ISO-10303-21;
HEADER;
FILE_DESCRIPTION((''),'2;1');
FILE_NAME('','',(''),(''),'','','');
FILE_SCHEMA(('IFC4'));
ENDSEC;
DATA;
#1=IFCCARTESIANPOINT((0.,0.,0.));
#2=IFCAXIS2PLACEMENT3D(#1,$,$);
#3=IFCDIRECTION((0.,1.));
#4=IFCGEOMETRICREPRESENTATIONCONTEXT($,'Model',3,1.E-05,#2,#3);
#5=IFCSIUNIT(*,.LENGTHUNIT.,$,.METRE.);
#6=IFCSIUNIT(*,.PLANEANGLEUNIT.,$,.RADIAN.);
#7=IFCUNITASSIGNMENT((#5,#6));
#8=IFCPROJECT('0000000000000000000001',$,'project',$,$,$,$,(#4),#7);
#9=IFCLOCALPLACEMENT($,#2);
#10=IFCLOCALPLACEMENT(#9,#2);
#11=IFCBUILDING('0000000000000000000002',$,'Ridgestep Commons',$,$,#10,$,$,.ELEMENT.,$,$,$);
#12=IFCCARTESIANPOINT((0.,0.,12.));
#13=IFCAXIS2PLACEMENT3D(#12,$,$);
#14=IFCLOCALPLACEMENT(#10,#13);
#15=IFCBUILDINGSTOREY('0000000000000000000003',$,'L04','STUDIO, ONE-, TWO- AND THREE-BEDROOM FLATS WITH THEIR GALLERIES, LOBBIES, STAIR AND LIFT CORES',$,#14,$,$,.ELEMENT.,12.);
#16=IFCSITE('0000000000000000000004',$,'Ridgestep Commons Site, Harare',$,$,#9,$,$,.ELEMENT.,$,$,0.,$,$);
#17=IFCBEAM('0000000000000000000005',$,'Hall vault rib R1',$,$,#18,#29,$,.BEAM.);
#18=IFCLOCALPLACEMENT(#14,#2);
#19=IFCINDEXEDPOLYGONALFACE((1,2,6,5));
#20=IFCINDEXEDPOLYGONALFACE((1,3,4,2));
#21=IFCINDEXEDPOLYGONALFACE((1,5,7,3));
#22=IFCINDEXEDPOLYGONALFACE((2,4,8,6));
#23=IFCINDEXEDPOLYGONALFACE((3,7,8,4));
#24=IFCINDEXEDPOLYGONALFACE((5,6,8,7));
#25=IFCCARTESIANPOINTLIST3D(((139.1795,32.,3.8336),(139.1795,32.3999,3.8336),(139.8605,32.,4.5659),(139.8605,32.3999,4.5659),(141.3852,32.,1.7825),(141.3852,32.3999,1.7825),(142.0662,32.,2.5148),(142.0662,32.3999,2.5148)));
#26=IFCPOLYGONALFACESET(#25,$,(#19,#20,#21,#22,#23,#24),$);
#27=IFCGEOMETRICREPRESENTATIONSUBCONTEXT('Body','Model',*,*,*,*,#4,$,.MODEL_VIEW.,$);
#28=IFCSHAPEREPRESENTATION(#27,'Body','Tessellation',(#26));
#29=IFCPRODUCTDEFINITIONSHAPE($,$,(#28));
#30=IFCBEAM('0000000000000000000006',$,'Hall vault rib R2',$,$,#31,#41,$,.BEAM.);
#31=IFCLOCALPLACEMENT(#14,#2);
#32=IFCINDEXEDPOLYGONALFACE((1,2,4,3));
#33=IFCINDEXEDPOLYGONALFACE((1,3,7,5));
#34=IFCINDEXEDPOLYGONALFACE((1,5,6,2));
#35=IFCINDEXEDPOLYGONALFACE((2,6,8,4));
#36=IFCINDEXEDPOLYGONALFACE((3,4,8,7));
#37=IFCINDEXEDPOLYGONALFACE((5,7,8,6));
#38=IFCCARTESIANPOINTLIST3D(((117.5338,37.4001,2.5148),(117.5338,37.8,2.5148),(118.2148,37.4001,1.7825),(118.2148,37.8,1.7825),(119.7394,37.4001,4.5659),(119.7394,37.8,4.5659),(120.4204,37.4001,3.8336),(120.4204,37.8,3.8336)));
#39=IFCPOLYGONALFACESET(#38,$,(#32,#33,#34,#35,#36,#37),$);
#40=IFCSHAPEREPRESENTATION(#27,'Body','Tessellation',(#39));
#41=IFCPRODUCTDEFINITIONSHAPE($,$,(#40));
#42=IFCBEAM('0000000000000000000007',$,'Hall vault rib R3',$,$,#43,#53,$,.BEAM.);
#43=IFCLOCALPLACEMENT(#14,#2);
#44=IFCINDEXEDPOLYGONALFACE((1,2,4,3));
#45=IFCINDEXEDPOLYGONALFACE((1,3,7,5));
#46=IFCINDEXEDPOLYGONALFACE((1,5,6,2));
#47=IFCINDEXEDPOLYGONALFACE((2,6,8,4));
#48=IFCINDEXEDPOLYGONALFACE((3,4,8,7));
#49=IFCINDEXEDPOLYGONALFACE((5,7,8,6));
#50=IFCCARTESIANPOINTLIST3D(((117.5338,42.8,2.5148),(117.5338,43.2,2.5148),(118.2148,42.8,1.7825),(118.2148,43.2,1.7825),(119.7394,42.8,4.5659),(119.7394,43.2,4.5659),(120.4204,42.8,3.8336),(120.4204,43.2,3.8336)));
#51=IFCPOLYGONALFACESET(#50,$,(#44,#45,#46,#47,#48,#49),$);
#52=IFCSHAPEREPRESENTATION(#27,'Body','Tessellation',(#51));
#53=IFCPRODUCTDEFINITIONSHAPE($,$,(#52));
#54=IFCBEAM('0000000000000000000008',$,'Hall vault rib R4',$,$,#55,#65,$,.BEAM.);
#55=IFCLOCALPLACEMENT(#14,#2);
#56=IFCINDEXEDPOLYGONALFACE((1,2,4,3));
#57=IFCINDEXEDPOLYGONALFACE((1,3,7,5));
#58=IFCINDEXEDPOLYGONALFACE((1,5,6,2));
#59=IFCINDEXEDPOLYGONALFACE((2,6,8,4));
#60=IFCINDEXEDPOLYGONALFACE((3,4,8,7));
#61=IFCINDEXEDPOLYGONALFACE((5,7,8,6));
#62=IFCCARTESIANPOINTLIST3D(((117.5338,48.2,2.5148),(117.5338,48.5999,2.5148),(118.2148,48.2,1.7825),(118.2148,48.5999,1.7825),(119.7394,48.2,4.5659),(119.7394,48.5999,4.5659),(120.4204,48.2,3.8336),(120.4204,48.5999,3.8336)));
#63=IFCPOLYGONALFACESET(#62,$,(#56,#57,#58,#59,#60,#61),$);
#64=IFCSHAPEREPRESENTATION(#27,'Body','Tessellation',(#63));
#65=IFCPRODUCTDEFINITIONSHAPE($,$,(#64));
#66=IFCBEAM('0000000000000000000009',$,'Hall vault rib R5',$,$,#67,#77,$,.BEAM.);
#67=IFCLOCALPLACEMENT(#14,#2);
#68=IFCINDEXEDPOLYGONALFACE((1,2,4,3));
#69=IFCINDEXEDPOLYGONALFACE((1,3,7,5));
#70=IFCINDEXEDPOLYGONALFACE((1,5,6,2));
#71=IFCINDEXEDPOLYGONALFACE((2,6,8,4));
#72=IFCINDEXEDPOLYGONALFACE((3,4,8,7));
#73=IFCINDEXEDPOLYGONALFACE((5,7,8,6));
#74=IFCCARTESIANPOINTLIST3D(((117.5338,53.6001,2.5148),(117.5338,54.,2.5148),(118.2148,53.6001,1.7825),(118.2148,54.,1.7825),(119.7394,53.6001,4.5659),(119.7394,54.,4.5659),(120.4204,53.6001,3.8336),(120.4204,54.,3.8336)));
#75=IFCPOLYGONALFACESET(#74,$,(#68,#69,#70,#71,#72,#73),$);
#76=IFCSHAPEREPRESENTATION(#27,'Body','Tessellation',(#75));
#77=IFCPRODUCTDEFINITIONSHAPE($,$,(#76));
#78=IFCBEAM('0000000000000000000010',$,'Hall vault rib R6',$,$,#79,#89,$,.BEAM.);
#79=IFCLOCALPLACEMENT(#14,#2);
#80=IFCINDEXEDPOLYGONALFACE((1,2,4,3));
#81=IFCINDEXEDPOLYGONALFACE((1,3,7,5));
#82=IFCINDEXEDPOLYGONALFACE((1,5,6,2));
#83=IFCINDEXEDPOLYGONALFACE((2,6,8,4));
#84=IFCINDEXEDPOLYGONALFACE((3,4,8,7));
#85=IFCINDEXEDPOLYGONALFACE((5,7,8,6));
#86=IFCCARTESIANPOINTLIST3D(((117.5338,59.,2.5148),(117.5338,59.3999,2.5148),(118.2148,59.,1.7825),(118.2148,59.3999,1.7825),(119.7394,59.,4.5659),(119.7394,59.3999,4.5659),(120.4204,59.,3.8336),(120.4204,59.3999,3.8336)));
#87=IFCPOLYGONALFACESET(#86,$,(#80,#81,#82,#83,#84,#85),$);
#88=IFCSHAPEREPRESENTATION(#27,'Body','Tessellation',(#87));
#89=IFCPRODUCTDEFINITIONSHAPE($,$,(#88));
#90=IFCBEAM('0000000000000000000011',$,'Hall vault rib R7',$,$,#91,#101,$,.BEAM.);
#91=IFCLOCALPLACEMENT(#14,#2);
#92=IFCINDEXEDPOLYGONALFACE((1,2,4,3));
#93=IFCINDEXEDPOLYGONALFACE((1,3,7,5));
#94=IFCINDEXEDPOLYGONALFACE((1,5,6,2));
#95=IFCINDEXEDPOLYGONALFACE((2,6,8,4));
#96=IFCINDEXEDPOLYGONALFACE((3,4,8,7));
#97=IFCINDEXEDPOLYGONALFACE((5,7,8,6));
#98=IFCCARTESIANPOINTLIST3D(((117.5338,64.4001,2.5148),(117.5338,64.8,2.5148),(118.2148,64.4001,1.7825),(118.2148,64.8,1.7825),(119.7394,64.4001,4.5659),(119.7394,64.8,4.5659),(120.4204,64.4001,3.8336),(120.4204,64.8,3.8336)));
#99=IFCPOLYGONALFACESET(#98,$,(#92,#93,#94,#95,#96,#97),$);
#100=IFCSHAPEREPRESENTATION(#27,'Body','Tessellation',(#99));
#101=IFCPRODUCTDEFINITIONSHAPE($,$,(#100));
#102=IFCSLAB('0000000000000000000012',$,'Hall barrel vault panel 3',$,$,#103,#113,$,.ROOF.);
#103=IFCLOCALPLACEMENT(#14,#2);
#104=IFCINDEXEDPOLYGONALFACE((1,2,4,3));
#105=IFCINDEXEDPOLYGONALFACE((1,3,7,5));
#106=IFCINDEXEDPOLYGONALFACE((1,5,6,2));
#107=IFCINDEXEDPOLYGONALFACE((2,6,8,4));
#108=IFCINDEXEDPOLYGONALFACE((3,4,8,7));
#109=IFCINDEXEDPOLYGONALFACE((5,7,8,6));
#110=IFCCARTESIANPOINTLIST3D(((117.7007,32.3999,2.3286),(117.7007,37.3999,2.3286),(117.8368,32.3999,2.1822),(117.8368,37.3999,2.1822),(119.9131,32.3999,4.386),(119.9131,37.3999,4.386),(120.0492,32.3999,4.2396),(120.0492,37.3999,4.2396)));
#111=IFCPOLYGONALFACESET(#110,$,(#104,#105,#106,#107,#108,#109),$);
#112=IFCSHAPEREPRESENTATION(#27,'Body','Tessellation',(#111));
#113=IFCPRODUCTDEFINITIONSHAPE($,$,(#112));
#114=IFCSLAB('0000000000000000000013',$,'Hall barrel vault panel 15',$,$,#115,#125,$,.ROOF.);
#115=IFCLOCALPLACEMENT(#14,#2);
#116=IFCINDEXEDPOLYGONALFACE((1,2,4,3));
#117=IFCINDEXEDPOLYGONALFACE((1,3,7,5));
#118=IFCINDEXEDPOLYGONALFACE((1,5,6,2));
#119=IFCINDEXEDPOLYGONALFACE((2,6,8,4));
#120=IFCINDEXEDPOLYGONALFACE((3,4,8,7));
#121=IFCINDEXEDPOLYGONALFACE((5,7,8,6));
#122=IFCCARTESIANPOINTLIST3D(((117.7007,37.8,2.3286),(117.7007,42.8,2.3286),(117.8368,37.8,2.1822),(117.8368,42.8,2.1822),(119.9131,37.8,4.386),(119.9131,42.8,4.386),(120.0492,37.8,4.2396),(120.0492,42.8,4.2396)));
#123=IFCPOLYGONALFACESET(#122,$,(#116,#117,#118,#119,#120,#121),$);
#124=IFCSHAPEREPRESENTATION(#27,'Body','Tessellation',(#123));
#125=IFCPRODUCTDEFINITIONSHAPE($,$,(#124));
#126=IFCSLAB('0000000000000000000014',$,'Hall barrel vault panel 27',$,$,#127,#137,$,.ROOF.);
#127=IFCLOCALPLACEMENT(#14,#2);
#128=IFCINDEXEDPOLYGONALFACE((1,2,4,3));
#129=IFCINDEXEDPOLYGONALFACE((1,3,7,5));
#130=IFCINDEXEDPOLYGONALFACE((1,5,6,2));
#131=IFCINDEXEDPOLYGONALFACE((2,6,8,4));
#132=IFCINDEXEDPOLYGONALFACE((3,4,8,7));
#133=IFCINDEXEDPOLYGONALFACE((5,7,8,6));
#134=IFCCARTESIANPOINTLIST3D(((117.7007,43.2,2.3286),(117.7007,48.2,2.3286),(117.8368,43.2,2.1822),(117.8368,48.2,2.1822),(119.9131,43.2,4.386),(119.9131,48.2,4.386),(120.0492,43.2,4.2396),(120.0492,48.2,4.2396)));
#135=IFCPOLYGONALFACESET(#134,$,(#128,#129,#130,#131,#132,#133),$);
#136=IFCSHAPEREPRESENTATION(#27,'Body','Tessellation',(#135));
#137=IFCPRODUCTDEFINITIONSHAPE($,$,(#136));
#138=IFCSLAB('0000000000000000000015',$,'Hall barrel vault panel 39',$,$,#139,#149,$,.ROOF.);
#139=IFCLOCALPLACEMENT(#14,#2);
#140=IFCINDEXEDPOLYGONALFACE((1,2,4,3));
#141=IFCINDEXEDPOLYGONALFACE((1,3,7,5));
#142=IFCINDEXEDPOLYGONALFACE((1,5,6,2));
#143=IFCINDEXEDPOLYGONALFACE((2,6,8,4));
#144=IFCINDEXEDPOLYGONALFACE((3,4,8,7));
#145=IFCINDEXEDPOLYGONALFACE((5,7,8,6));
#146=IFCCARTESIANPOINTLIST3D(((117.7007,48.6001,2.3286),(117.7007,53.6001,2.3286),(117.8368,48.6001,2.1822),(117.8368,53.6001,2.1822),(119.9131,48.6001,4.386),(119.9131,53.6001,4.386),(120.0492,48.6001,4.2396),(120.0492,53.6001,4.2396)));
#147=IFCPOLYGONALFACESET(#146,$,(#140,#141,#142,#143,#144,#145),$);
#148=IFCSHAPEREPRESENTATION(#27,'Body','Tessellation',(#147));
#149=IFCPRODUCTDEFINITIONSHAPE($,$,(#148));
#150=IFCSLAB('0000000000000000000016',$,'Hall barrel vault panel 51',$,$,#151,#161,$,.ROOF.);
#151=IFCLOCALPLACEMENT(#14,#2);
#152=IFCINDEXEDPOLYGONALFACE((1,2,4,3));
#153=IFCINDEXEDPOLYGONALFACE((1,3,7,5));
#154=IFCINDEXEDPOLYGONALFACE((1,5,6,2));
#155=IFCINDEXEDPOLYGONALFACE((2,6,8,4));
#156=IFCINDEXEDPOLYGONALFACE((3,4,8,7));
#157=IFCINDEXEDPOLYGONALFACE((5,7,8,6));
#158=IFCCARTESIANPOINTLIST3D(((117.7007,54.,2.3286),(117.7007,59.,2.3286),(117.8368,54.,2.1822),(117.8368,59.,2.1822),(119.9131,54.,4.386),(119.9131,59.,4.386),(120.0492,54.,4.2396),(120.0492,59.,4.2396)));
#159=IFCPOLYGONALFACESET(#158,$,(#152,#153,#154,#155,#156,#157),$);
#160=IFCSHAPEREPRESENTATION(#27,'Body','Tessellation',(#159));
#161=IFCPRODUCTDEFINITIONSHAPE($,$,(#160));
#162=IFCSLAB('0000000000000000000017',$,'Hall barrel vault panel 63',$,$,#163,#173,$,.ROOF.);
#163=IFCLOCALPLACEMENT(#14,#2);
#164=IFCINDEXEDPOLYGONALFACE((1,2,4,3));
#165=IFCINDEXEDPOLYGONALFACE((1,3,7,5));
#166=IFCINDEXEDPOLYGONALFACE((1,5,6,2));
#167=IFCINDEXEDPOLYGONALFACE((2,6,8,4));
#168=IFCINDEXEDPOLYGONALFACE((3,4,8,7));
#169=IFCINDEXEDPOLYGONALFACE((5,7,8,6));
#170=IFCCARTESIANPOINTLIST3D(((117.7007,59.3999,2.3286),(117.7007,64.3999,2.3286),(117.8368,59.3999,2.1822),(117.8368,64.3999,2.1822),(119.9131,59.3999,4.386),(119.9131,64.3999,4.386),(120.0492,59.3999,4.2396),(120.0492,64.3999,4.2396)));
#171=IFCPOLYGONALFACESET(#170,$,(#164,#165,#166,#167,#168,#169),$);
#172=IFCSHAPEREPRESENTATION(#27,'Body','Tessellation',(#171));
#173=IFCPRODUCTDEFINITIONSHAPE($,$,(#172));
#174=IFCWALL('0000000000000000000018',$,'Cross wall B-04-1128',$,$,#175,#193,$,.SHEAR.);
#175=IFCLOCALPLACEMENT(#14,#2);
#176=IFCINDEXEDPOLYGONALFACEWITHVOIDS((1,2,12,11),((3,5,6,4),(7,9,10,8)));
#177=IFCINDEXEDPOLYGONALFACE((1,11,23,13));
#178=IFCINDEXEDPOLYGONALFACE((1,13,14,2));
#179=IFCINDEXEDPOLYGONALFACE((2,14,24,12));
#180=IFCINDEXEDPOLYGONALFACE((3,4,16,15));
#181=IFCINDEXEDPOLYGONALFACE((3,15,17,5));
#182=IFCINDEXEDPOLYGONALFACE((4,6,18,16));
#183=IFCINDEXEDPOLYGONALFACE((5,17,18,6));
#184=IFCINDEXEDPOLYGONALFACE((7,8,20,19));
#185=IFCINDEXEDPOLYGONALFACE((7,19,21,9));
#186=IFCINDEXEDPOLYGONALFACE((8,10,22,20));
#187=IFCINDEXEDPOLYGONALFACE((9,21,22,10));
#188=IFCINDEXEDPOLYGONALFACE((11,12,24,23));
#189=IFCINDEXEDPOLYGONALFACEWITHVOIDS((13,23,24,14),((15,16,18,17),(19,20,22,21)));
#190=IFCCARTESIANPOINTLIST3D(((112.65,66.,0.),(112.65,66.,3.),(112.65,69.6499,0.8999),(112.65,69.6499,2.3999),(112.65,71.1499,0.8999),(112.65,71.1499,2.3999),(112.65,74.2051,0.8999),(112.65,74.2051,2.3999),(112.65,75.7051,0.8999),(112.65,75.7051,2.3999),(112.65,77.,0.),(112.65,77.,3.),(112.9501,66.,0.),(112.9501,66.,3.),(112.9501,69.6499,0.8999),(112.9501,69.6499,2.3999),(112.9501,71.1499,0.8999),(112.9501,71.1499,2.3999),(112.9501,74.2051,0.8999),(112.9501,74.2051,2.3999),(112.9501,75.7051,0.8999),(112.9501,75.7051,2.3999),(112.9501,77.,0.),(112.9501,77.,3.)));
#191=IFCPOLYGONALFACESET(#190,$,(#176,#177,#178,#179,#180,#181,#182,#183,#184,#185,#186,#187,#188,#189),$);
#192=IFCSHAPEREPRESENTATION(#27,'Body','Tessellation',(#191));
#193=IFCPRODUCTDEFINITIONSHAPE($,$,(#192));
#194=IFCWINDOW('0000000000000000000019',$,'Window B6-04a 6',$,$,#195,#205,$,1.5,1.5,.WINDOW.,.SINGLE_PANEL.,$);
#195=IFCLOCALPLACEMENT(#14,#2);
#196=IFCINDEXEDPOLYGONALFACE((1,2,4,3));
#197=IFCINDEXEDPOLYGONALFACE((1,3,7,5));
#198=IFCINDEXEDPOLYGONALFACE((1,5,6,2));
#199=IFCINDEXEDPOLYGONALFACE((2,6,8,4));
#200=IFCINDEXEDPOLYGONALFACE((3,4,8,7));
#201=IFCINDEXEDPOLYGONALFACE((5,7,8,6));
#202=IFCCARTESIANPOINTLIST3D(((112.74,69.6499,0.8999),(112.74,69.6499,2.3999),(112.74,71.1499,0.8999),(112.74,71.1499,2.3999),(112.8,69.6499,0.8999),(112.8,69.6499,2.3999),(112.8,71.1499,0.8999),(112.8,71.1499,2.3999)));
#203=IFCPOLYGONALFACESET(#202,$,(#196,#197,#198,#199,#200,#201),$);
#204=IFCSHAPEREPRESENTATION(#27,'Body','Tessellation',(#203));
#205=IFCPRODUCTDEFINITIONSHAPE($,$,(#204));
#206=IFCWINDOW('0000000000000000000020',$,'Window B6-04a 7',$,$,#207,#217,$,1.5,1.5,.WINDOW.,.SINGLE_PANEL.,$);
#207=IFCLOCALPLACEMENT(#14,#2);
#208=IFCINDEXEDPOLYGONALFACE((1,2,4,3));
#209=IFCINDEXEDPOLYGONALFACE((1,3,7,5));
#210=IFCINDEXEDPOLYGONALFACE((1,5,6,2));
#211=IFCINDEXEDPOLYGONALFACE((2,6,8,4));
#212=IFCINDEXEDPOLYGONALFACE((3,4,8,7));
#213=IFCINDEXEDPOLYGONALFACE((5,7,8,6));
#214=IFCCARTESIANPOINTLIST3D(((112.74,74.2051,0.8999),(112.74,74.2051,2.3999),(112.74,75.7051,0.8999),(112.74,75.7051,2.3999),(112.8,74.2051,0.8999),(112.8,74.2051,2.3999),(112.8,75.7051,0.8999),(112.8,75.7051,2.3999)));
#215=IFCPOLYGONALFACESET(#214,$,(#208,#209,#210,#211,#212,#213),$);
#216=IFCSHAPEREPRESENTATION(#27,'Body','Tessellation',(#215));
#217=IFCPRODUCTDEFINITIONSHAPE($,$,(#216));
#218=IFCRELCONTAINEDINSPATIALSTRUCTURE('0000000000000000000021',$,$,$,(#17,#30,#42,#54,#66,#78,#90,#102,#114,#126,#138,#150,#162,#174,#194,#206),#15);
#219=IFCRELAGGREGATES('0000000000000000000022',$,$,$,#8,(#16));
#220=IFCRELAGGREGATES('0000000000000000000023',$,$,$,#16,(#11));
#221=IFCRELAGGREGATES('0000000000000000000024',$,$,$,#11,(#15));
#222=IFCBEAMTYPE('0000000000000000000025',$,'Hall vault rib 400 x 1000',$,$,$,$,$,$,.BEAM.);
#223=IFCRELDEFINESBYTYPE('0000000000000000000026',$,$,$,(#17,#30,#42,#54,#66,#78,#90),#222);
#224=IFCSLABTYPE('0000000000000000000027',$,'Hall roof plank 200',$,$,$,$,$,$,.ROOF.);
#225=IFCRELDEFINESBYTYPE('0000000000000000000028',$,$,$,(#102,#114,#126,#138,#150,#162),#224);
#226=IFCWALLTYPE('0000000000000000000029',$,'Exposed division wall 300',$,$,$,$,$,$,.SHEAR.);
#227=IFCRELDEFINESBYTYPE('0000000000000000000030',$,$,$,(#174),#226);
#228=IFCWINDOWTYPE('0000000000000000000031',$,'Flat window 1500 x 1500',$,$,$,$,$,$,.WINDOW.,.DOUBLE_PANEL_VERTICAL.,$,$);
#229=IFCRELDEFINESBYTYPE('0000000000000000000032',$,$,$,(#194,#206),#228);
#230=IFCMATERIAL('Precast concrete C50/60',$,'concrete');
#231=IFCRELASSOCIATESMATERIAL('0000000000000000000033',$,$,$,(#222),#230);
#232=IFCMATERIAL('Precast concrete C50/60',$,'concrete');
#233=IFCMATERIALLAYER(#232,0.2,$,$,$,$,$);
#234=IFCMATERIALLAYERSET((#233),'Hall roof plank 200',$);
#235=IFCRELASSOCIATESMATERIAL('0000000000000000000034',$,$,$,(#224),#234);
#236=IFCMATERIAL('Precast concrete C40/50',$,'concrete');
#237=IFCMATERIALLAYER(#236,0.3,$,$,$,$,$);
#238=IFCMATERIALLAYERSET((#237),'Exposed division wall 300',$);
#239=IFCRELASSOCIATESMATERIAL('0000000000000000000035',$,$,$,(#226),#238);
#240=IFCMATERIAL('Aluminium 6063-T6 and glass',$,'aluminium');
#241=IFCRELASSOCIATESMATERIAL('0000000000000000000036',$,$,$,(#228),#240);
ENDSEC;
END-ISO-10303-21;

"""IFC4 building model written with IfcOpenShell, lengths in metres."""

from ifc_helpers import new_model, si_unit, direction, frame, frame_2d, origin, origin_2d, place, context, subcontext, project, spatial, polyline, rectangle, outline, extrude, material, layer, layer_set, material_profile, profile_set, type_object, element, fill, save


model = new_model("IFC4")

# Units and contexts
model_context = context("Model", 3, precision=1e-05, world=origin(), true_north=direction((0.0, 1.0)))
body_context = subcontext(model_context, "Body", "Model", "MODEL_VIEW")
ifc_project = project(units=[si_unit("LENGTHUNIT", "METRE"), si_unit("PLANEANGLEUNIT", "RADIAN")], contexts=[model_context])

# Site, building, storey
site_placement = place(None, origin())
site = spatial("IfcSite", under=ifc_project, at=site_placement, Name="Ridgestep Commons Site, Harare", CompositionType="ELEMENT", RefElevation=0.0)
building_placement = place(site_placement, origin())
building = spatial("IfcBuilding", under=site, at=building_placement, Name="Ridgestep Commons", CompositionType="ELEMENT")
storey_placement = place(building_placement, frame((0.0, 0.0, 12.0)))
storey = spatial("IfcBuildingStorey", under=building, at=storey_placement, Name="L04", Description="STUDIO, ONE-, TWO- AND THREE-BEDROOM FLATS WITH THEIR GALLERIES, LOBBIES, STAIR AND LIFT CORES", CompositionType="ELEMENT", Elevation=12.0)

# Beams
ifc_material_1 = material(Name="Precast concrete C50/60", Category="concrete")
ifc_material_profile = material_profile(ifc_material_1, rectangle(XDim=0.3999, YDim=1.0, at=origin_2d()), Name="Hall vault rib 400 x 1000")
ifc_profile_set = profile_set([ifc_material_profile], Name="Precast concrete C50/60")
beam_type = type_object("IfcBeamType", Name="Hall vault rib 400 x 1000", PredefinedType="BEAM", material=ifc_profile_set)
for number, where, z_axis, x_axis, name in (
    (1, (139.52, 32.2, 4.1997), (0.732297, 0.0, -0.680986), (0.0, 1.0, 0.0), "Hall vault rib R1"),
    (2, (117.8743, 37.6001, 2.1487), (0.732297, 0.0, 0.680986), (0.0, 1.0, 0.0), "Hall vault rib R2"),
    (3, (117.8743, 43.0, 2.1487), (0.732297, 0.0, 0.680986), (0.0, 1.0, 0.0), "Hall vault rib R3"),
    (4, (117.8743, 48.3999, 2.1487), (0.732297, 0.0, 0.680986), (0.0, 1.0, 0.0), "Hall vault rib R4"),
    (5, (117.8743, 53.8, 2.1487), (0.732297, 0.0, 0.680986), (0.0, 1.0, 0.0), "Hall vault rib R5"),
    (6, (117.8743, 59.2, 2.1487), (0.732297, 0.0, 0.680986), (0.0, 1.0, 0.0), "Hall vault rib R6"),
    (7, (117.8743, 64.6001, 2.1487), (0.732297, 0.0, 0.680986), (0.0, 1.0, 0.0), "Hall vault rib R7"),
):
    element("IfcBeam", number, at=place(storey_placement, frame(where, z_axis=z_axis, x_axis=x_axis)), inside=storey, type_object=beam_type, Name=name, PredefinedType="BEAM", context=body_context, shape_type="SweptSolid", body=[
        extrude(rectangle(XDim=0.3999, YDim=1.0, at=origin_2d()), origin(), (0.0, 0.0, 1.0), 3.012),
    ])

# Slabs
ifc_material_2 = material(Name="Precast concrete C50/60", Category="concrete")
ifc_layer_1 = layer(ifc_material_2, 0.2)
ifc_layer_set_1 = layer_set([ifc_layer_1], Name="Hall roof plank 200")
slab_type = type_object("IfcSlabType", Name="Hall roof plank 200", PredefinedType="ROOF", material=ifc_layer_set_1)
for number, where, z_axis, x_axis, name in (
    (8, (117.7007, 32.3999, 2.3286), (-0.680984, 0.0, 0.732298), (0.732298, 0.0, 0.680984), "Hall barrel vault panel 3"),
    (9, (117.7007, 37.8, 2.3286), (-0.680984, 0.0, 0.732298), (0.732298, 0.0, 0.680984), "Hall barrel vault panel 15"),
    (10, (117.7007, 43.2, 2.3286), (-0.680984, 0.0, 0.732298), (0.732298, 0.0, 0.680984), "Hall barrel vault panel 27"),
    (11, (117.7007, 48.6001, 2.3286), (-0.680984, 0.0, 0.732298), (0.732298, 0.0, 0.680984), "Hall barrel vault panel 39"),
    (12, (117.7007, 54.0, 2.3286), (-0.680984, 0.0, 0.732298), (0.732298, 0.0, 0.680984), "Hall barrel vault panel 51"),
    (13, (117.7007, 59.3999, 2.3286), (-0.680984, 0.0, 0.732298), (0.732298, 0.0, 0.680984), "Hall barrel vault panel 63"),
):
    element("IfcSlab", number, at=place(storey_placement, frame(where, z_axis=z_axis, x_axis=x_axis)), inside=storey, type_object=slab_type, Name=name, PredefinedType="ROOF", context=body_context, shape_type="SweptSolid", body=[
        extrude(outline(polyline([(0.0, 0.0), (3.0212, 0.0), (3.0212, 5.0), (0.0, 5.0), (0.0, 0.0)])), origin(), (0.0, 0.0, -1.0), 0.2),
    ])

# Wall, openings, windows
ifc_material_3 = material(Name="Precast concrete C40/50", Category="concrete")
ifc_layer_2 = layer(ifc_material_3, 0.3)
ifc_layer_set_2 = layer_set([ifc_layer_2], Name="Exposed division wall 300")
wall_type = type_object("IfcWallType", Name="Exposed division wall 300", PredefinedType="SHEAR", material=ifc_layer_set_2)
wall_placement = place(storey_placement, frame((112.8, 66.0, 0.0), z_axis=(0.0, 0.0, 1.0), x_axis=(0.0, 1.0, 0.0)))
wall = element("IfcWall", 14, at=wall_placement, inside=storey, type_object=wall_type, Name="Cross wall B-04-1128", PredefinedType="SHEAR", context=body_context, shape_type="SweptSolid", body=[
    extrude(rectangle(XDim=11.0, YDim=0.3, at=frame_2d((5.5, 0.0))), origin(), (0.0, 0.0, 1.0), 3.0),
])
opening_1_placement = place(wall_placement, frame((3.6499, 0.0, 0.8999)))
opening_1 = element("IfcOpeningElement", 15, at=opening_1_placement, cuts=wall, PredefinedType="OPENING", context=body_context, shape_type="SweptSolid", body=[
    extrude(rectangle(XDim=1.5, YDim=1.5, at=frame_2d((0.75, 0.75))), frame((0.0, 0.1599, 0.0), z_axis=(0.0, -1.0, 0.0), x_axis=(1.0, 0.0, 0.0)), (0.0, 0.0, 1.0), 0.3201),
])
opening_2_placement = place(wall_placement, frame((8.2051, 0.0, 0.8999)))
opening_2 = element("IfcOpeningElement", 16, at=opening_2_placement, cuts=wall, PredefinedType="OPENING", context=body_context, shape_type="SweptSolid", body=[
    extrude(rectangle(XDim=1.5, YDim=1.5, at=frame_2d((0.75, 0.75))), frame((0.0, 0.1599, 0.0), z_axis=(0.0, -1.0, 0.0), x_axis=(1.0, 0.0, 0.0)), (0.0, 0.0, 1.0), 0.3201),
])
ifc_material_4 = material(Name="Aluminium 6063-T6 and glass", Category="aluminium")
window_type = type_object("IfcWindowType", Name="Flat window 1500 x 1500", PartitioningType="DOUBLE_PANEL_VERTICAL", PredefinedType="WINDOW", material=ifc_material_4)
window_1_placement = place(opening_1_placement, origin())
window_1 = element("IfcWindow", 17, at=window_1_placement, inside=storey, type_object=window_type, Name="Window B6-04a 6", OverallHeight=1.5, OverallWidth=1.5, PartitioningType="SINGLE_PANEL", PredefinedType="WINDOW", context=body_context, shape_type="SweptSolid", body=[
    extrude(rectangle(XDim=1.5, YDim=1.5, at=frame_2d((0.75, 0.75))), frame((0.0, 0.0601, 0.0), z_axis=(0.0, -1.0, 0.0), x_axis=(1.0, 0.0, 0.0)), (0.0, 0.0, 1.0), 0.0601),
])
fill(opening_1, window_1)
window_2_placement = place(opening_2_placement, origin())
window_2 = element("IfcWindow", 18, at=window_2_placement, inside=storey, type_object=window_type, Name="Window B6-04a 7", OverallHeight=1.5, OverallWidth=1.5, PartitioningType="SINGLE_PANEL", PredefinedType="WINDOW", context=body_context, shape_type="SweptSolid", body=[
    extrude(rectangle(XDim=1.5, YDim=1.5, at=frame_2d((0.75, 0.75))), frame((0.0, 0.0601, 0.0), z_axis=(0.0, -1.0, 0.0), x_axis=(1.0, 0.0, 0.0)), (0.0, 0.0, 1.0), 0.0601),
])
fill(opening_2, window_2)

save(model, "model.ifc")
